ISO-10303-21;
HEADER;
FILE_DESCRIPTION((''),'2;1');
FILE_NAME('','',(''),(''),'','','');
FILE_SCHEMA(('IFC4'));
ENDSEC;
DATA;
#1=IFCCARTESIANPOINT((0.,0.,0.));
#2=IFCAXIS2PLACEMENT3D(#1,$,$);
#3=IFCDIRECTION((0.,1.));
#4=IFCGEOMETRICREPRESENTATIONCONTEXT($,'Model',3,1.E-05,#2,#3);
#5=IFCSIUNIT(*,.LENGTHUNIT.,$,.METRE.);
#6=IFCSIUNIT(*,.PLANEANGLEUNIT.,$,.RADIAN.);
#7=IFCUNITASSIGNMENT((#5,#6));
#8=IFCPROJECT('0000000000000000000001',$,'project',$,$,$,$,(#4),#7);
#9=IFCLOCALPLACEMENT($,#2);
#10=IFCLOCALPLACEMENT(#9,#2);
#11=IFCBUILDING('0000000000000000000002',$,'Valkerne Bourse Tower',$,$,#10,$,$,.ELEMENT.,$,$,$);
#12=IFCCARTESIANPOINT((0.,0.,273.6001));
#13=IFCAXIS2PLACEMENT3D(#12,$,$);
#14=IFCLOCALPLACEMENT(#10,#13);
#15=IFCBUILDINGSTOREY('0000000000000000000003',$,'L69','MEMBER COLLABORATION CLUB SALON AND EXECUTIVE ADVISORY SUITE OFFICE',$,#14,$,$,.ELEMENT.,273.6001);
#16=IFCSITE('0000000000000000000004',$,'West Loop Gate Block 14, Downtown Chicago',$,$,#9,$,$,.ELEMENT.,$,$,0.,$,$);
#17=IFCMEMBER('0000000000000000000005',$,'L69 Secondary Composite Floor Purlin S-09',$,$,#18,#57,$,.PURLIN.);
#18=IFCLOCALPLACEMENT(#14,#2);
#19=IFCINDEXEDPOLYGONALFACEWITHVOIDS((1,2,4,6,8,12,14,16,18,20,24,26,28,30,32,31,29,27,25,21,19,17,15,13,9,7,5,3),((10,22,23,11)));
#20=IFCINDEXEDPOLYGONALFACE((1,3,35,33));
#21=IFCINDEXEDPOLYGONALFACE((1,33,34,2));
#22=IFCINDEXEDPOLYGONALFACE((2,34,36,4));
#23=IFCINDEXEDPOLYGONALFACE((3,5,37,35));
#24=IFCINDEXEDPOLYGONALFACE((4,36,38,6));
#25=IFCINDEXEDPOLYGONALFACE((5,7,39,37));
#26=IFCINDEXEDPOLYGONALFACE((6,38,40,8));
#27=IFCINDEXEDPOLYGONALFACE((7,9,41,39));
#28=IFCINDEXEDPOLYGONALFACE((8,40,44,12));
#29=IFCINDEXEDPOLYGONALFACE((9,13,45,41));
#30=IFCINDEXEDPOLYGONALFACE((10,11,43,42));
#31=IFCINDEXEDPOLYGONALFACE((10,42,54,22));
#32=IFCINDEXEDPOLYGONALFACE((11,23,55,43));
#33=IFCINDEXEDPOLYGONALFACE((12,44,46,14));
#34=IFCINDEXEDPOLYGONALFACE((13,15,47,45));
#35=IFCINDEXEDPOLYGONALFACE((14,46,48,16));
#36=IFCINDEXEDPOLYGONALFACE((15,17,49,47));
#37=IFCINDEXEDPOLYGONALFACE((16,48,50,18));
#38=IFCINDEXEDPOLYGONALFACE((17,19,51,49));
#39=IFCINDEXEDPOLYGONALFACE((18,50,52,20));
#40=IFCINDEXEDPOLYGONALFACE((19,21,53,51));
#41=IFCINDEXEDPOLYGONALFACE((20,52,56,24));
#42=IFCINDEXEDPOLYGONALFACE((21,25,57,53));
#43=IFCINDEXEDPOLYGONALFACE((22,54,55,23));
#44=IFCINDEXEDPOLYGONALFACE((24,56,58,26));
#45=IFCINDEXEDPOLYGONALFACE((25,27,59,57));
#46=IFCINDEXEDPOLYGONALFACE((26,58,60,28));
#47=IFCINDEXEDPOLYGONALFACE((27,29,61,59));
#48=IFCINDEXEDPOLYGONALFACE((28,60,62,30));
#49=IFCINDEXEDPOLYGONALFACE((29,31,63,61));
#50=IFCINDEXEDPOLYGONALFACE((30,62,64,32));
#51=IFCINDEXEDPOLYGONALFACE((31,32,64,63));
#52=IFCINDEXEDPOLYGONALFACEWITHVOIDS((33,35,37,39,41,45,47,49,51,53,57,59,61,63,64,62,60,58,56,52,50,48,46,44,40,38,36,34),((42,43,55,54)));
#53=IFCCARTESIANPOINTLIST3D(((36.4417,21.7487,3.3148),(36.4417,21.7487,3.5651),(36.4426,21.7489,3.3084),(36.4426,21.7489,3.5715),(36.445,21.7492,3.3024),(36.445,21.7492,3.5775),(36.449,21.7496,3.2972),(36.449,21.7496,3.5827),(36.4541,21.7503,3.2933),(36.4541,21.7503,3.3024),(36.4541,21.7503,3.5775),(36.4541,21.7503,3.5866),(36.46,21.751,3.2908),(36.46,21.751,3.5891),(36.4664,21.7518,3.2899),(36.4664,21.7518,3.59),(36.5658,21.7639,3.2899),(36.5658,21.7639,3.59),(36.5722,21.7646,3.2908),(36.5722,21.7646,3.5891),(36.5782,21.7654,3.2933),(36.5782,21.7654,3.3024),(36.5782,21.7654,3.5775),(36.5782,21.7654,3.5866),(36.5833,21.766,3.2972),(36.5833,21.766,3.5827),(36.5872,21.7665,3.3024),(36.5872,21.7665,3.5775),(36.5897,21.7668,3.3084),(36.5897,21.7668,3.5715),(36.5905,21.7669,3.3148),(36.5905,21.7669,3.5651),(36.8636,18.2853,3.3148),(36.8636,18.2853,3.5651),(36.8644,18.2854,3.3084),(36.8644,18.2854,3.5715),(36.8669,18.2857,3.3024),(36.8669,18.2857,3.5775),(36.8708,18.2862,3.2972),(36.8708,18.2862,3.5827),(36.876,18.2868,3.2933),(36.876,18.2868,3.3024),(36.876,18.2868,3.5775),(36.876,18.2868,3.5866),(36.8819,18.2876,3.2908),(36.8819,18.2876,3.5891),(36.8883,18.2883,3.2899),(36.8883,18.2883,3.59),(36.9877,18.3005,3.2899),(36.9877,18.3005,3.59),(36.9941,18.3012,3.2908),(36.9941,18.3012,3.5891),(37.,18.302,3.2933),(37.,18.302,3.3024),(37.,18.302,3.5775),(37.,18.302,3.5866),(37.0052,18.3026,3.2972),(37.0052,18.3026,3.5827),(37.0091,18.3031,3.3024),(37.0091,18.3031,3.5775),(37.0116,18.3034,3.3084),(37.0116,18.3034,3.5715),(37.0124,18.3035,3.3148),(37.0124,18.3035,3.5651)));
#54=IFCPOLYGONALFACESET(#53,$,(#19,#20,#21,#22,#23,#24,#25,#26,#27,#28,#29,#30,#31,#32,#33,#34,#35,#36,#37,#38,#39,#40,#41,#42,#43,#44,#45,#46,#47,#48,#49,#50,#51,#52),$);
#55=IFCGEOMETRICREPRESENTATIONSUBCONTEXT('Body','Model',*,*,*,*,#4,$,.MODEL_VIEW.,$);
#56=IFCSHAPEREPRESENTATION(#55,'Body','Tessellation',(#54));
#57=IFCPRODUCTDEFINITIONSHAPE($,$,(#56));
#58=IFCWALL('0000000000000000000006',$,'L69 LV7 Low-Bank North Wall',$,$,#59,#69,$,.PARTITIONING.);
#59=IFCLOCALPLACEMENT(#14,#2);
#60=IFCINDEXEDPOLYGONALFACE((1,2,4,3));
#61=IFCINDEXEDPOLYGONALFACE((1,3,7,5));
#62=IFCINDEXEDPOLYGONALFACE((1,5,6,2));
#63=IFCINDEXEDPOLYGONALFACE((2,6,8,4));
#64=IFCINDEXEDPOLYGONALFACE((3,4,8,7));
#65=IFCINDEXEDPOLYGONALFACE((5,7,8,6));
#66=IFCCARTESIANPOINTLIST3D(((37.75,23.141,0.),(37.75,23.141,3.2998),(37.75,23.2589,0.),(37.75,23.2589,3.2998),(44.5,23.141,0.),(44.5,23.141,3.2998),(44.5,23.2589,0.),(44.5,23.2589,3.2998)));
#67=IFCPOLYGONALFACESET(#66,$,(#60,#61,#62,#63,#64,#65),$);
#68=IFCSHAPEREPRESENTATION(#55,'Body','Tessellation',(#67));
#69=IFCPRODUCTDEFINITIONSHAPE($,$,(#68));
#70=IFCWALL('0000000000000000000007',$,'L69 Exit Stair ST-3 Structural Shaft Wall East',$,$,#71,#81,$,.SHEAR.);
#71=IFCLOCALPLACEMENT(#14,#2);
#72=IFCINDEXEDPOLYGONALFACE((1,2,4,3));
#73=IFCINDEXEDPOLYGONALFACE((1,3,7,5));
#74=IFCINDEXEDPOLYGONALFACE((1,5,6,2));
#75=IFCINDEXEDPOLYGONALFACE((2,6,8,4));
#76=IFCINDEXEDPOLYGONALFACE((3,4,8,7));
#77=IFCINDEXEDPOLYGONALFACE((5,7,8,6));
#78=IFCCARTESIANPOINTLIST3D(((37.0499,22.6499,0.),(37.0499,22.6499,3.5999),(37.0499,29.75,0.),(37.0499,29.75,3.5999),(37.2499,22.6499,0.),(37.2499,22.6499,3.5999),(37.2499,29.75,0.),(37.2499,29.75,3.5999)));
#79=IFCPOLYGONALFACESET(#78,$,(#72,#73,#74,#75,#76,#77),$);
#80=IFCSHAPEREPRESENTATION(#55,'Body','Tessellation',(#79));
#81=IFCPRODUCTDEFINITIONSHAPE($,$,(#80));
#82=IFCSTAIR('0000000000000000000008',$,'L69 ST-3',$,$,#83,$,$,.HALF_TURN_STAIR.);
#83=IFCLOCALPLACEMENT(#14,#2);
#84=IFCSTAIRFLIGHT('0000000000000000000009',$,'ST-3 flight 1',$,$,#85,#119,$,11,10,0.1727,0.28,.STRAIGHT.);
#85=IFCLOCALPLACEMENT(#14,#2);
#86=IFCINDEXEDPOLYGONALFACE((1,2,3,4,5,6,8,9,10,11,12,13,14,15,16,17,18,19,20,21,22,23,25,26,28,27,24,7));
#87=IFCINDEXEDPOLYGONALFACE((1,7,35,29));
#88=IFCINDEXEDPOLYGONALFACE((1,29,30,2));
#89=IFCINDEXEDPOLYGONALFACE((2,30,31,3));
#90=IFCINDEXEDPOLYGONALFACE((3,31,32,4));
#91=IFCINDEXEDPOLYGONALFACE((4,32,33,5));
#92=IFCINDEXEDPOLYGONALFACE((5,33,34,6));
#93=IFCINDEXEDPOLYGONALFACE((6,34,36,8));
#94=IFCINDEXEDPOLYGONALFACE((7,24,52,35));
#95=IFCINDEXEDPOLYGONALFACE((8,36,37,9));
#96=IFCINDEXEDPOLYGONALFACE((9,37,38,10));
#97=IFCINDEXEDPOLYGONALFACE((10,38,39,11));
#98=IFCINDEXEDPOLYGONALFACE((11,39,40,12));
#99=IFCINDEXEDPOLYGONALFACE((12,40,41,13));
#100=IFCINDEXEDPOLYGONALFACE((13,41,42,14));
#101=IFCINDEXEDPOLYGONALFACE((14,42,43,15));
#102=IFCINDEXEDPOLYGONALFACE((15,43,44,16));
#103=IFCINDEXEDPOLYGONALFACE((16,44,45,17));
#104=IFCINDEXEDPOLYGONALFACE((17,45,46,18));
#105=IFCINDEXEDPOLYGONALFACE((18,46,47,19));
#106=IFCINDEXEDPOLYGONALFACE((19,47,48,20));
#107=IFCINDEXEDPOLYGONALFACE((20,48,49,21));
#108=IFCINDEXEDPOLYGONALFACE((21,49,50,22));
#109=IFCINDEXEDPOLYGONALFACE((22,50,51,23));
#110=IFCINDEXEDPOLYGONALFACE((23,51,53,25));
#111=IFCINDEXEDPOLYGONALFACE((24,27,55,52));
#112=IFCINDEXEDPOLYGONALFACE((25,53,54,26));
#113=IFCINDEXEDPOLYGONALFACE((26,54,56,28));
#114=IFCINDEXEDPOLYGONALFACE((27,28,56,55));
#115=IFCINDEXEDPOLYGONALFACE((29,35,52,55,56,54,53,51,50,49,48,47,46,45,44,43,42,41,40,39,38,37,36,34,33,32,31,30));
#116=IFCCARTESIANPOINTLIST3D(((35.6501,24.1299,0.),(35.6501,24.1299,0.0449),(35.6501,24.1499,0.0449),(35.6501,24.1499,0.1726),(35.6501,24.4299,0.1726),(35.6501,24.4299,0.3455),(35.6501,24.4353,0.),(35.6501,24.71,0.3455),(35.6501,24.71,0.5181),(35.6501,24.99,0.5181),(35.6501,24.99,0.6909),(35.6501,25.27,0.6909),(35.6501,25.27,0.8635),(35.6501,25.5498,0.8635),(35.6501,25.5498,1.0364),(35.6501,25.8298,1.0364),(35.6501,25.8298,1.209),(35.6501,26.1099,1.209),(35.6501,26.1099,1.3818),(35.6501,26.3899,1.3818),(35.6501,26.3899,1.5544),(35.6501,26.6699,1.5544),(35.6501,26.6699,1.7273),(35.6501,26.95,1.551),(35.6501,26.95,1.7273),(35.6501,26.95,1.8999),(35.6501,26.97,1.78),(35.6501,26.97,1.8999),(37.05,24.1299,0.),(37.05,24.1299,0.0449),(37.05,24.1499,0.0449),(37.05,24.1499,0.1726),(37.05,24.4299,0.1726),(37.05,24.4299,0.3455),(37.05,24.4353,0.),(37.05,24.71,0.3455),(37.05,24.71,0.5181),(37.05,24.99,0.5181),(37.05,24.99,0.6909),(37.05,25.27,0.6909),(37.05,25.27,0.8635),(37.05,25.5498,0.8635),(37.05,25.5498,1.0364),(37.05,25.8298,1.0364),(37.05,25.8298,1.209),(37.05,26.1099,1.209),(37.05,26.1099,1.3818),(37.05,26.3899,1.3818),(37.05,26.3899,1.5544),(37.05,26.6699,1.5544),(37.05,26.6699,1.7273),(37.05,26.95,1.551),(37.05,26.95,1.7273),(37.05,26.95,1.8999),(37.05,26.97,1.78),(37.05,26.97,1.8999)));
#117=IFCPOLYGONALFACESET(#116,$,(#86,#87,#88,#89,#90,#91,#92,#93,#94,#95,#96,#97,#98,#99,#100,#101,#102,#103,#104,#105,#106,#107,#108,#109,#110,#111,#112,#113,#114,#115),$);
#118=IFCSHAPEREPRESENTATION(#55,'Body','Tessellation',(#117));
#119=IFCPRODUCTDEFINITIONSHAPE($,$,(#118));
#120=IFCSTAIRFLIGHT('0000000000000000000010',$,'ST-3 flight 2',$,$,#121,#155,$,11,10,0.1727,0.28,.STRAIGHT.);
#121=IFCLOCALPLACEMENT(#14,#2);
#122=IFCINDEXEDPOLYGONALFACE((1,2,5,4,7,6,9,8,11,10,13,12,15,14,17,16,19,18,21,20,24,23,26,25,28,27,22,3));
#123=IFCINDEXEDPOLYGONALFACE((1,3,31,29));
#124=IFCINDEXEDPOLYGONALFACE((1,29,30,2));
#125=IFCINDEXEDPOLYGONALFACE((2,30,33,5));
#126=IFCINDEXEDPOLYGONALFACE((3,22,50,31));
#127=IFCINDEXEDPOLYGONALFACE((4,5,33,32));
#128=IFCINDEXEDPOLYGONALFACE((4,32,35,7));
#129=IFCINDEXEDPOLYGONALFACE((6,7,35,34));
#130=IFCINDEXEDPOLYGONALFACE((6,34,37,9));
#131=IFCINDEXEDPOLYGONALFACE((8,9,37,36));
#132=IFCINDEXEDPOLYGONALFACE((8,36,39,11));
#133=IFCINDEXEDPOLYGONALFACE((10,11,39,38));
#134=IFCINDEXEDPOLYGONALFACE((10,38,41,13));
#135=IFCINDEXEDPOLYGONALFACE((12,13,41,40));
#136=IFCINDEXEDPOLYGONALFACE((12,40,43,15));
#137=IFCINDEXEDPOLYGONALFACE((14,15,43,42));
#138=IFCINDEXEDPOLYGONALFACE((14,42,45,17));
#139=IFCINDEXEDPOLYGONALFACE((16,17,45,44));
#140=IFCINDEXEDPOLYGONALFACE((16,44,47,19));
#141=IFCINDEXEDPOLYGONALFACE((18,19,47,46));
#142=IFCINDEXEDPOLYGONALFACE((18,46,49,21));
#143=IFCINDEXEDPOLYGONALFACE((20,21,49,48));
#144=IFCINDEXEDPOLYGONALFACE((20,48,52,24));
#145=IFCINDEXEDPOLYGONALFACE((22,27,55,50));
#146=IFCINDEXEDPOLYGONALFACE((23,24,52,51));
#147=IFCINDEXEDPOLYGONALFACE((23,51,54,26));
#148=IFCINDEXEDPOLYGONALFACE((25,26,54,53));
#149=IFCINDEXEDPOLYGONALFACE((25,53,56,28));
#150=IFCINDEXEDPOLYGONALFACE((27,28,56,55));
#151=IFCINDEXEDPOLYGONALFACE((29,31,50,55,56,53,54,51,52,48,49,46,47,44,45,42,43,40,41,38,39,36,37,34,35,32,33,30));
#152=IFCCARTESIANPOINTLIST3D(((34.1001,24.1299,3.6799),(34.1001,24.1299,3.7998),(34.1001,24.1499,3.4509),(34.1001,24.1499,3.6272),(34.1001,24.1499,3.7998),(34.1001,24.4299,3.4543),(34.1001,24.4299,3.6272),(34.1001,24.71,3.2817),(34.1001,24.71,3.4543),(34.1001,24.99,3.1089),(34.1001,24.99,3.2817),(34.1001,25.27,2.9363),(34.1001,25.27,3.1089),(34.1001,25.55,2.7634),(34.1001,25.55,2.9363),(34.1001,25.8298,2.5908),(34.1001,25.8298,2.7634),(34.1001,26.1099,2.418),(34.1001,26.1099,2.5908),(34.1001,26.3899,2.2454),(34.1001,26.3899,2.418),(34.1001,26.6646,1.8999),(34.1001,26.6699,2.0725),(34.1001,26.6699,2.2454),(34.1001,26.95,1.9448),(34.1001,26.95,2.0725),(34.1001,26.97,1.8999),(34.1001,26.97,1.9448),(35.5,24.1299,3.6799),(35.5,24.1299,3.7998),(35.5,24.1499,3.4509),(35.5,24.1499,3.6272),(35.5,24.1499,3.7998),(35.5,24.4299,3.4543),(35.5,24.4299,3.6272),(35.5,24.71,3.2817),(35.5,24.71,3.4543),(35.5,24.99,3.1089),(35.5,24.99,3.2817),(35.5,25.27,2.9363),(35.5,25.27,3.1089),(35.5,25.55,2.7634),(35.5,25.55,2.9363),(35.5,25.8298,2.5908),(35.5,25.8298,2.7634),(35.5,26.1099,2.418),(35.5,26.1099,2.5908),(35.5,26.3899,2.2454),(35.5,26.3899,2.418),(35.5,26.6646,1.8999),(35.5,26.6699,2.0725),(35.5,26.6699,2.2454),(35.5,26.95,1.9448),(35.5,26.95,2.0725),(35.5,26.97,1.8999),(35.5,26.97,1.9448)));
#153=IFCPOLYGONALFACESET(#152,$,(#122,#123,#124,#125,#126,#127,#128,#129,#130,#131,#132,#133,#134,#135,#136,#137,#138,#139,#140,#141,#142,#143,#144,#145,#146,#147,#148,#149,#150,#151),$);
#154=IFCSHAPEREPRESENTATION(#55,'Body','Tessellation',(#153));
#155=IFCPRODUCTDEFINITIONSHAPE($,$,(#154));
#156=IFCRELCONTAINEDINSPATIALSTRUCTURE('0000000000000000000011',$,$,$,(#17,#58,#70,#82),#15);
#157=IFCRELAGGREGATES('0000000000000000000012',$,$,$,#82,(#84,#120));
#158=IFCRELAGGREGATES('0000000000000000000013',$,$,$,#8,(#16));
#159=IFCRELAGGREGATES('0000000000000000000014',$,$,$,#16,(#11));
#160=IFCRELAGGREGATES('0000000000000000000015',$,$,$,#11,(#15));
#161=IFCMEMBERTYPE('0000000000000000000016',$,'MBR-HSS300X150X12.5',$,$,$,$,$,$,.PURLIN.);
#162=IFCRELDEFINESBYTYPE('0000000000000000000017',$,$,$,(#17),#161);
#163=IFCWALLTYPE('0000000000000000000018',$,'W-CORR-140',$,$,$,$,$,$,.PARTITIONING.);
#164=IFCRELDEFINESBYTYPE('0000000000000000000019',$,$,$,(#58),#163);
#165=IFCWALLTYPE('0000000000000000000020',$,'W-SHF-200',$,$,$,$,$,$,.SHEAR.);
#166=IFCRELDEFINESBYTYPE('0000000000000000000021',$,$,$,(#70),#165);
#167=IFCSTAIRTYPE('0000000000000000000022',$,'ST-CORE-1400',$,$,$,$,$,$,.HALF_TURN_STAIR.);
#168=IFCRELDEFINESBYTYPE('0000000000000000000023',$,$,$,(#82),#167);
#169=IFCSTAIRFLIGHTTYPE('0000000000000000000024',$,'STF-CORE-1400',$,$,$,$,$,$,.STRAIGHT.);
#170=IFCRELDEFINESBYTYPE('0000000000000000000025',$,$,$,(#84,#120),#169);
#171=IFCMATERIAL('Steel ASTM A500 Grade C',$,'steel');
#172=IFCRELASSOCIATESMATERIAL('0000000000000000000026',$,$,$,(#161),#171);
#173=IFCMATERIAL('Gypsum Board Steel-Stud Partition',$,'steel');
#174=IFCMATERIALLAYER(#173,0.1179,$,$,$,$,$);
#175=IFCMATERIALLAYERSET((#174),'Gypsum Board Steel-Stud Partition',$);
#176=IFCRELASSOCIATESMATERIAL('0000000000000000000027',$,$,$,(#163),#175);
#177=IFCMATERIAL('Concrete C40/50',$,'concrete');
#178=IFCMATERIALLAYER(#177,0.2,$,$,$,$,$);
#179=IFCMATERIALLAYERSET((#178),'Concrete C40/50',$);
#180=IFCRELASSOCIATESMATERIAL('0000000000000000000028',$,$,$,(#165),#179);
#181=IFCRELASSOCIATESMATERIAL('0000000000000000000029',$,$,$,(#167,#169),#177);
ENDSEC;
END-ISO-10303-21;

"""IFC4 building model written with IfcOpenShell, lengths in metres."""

from ifc_helpers import new_model, si_unit, direction, frame, frame_2d, origin, origin_2d, place, context, subcontext, project, spatial, polyline, rectangle, hollow_rectangle, outline, extrude, material, layer, layer_set, material_profile, profile_set, type_object, element, aggregate, save


model = new_model("IFC4")

# Units and contexts
model_context = context("Model", 3, precision=1e-05, world=origin(), true_north=direction((0.0, 1.0)))
body_context = subcontext(model_context, "Body", "Model", "MODEL_VIEW")
ifc_project = project(units=[si_unit("LENGTHUNIT", "METRE"), si_unit("PLANEANGLEUNIT", "RADIAN")], contexts=[model_context])

# Site, building, storey
site_placement = place(None, origin())
site = spatial("IfcSite", under=ifc_project, at=site_placement, Name="West Loop Gate Block 14, Downtown Chicago", CompositionType="ELEMENT", RefElevation=0.0)
building_placement = place(site_placement, origin())
building = spatial("IfcBuilding", under=site, at=building_placement, Name="Valkerne Bourse Tower", CompositionType="ELEMENT")
storey_placement = place(building_placement, frame((0.0, 0.0, 273.6001)))
storey = spatial("IfcBuildingStorey", under=building, at=storey_placement, Name="L69", Description="MEMBER COLLABORATION CLUB SALON AND EXECUTIVE ADVISORY SUITE OFFICE", CompositionType="ELEMENT", Elevation=273.6001)

# Shared definitions
ifc_material_1 = material(Name="Steel ASTM A500 Grade C", Category="steel")

# Member
ifc_material_profile_1 = material_profile(ifc_material_1, hollow_rectangle(XDim=0.1499, YDim=0.3, WallThickness=0.0125, OuterFilletRadius=0.0249, at=origin_2d()), Name="HSS300X150X12.5")
ifc_profile_set_1 = profile_set([ifc_material_profile_1], Name="Steel ASTM A500 Grade C")
member_type = type_object("IfcMemberType", Name="MBR-HSS300X150X12.5", PredefinedType="PURLIN", material=ifc_profile_set_1)
member_placement = place(storey_placement, frame((36.5161, 21.7578, 3.4399), z_axis=(0.120916, -0.992663, 0.0), x_axis=(0.992663, 0.120916, 0.0)))
element("IfcMember", 1, at=member_placement, inside=storey, type_object=member_type, Name="L69 Secondary Composite Floor Purlin S-09", PredefinedType="PURLIN", context=body_context, shape_type="SweptSolid", body=[
    extrude(hollow_rectangle(XDim=0.1499, YDim=0.3, WallThickness=0.0125, OuterFilletRadius=0.0249, at=origin_2d()), origin(), (0.0, 0.0, 1.0), 3.489),
])

# Wall
ifc_material_2 = material(Name="Gypsum Board Steel-Stud Partition", Category="steel")
ifc_layer_1 = layer(ifc_material_2, 0.1179)
ifc_layer_set_1 = layer_set([ifc_layer_1], Name="Gypsum Board Steel-Stud Partition")
wall_type_1 = type_object("IfcWallType", Name="W-CORR-140", PredefinedType="PARTITIONING", material=ifc_layer_set_1)
wall_1_placement = place(storey_placement, frame((37.75, 23.2, 0.0), z_axis=(0.0, 0.0, 1.0), x_axis=(1.0, 0.0, 0.0)))
element("IfcWall", 2, at=wall_1_placement, inside=storey, type_object=wall_type_1, Name="L69 LV7 Low-Bank North Wall", PredefinedType="PARTITIONING", context=body_context, shape_type="SweptSolid", body=[
    extrude(rectangle(XDim=6.75, YDim=0.1179, at=frame_2d((3.375, 0.0))), origin(), (0.0, 0.0, 1.0), 3.2998),
])

# Wall
ifc_material_3 = material(Name="Concrete C40/50", Category="concrete")
ifc_layer_2 = layer(ifc_material_3, 0.2)
ifc_layer_set_2 = layer_set([ifc_layer_2], Name="Concrete C40/50")
wall_type_2 = type_object("IfcWallType", Name="W-SHF-200", PredefinedType="SHEAR", material=ifc_layer_set_2)
wall_2_placement = place(storey_placement, frame((37.1499, 22.6499, 0.0), z_axis=(0.0, 0.0, 1.0), x_axis=(0.0, 1.0, 0.0)))
element("IfcWall", 3, at=wall_2_placement, inside=storey, type_object=wall_type_2, Name="L69 Exit Stair ST-3 Structural Shaft Wall East", PredefinedType="SHEAR", context=body_context, shape_type="SweptSolid", body=[
    extrude(rectangle(XDim=7.1001, YDim=0.2, at=frame_2d((3.55, 0.0))), origin(), (0.0, 0.0, 1.0), 3.5999),
])

# Stair, stair flights
stair_type = type_object("IfcStairType", Name="ST-CORE-1400", PredefinedType="HALF_TURN_STAIR", material=ifc_material_3)
stair_placement = place(storey_placement, origin())
stair = element("IfcStair", 4, at=stair_placement, inside=storey, type_object=stair_type, Name="L69 ST-3", PredefinedType="HALF_TURN_STAIR")
stair_flight_type = type_object("IfcStairFlightType", Name="STF-CORE-1400", PredefinedType="STRAIGHT", material=ifc_material_3)
stair_flight_1_placement = place(storey_placement, frame((36.3501, 24.1499, 0.0), z_axis=(0.0, 0.0, 1.0), x_axis=(0.0, 1.0, 0.0)))
stair_flight_1 = element("IfcStairFlight", 5, at=stair_flight_1_placement, type_object=stair_flight_type, Name="ST-3 flight 1", NumberOfRisers=11, NumberOfTreads=10, PredefinedType="STRAIGHT", RiserHeight=0.1727, TreadLength=0.28, context=body_context, shape_type="SweptSolid", body=[
    extrude(outline(polyline([(-0.02, 0.0), (-0.02, 0.0449), (0.0, 0.0449), (0.0, 0.1726), (0.28, 0.1726), (0.28, 0.3455), (0.5601, 0.3455), (0.5601, 0.5181), (0.8401, 0.5181), (0.8401, 0.6909), (1.1201, 0.6909), (1.1201, 0.8635), (1.3999, 0.8635), (1.3999, 1.0364), (1.6799, 1.0364), (1.6799, 1.209), (1.96, 1.209), (1.96, 1.3818), (2.24, 1.3818), (2.24, 1.5544), (2.52, 1.5544), (2.52, 1.7273), (2.8, 1.7273), (2.8, 1.8999), (2.8201, 1.8999), (2.8201, 1.78), (2.8, 1.551), (0.2854, 0.0), (-0.02, 0.0)])), frame((0.0, 0.7, 0.0), z_axis=(0.0, -1.0, 0.0), x_axis=(1.0, 0.0, 0.0)), (0.0, 0.0, 1.0), 1.3999),
])
stair_flight_2_placement = place(storey_placement, frame((34.8, 26.95, 1.8999), z_axis=(0.0, 0.0, 1.0), x_axis=(0.0, -1.0, 0.0)))
stair_flight_2 = element("IfcStairFlight", 6, at=stair_flight_2_placement, type_object=stair_flight_type, Name="ST-3 flight 2", NumberOfRisers=11, NumberOfTreads=10, PredefinedType="STRAIGHT", RiserHeight=0.1727, TreadLength=0.28, context=body_context, shape_type="SweptSolid", body=[
    extrude(outline(polyline([(-0.02, 0.0), (-0.02, 0.0449), (0.0, 0.0449), (0.0, 0.1726), (0.28, 0.1726), (0.28, 0.3455), (0.5601, 0.3455), (0.5601, 0.5181), (0.8401, 0.5181), (0.8401, 0.6909), (1.1201, 0.6909), (1.1201, 0.8635), (1.3999, 0.8635), (1.3999, 1.0364), (1.6799, 1.0364), (1.6799, 1.209), (1.96, 1.209), (1.96, 1.3818), (2.24, 1.3818), (2.24, 1.5544), (2.52, 1.5544), (2.52, 1.7273), (2.8, 1.7273), (2.8, 1.8999), (2.8201, 1.8999), (2.8201, 1.78), (2.8, 1.551), (0.2854, 0.0), (-0.02, 0.0)])), frame((0.0, 0.7, 0.0), z_axis=(0.0, -1.0, 0.0), x_axis=(1.0, 0.0, 0.0)), (0.0, 0.0, 1.0), 1.3999),
])
aggregate(stair, [stair_flight_1, stair_flight_2])

save(model, "model.ifc")
